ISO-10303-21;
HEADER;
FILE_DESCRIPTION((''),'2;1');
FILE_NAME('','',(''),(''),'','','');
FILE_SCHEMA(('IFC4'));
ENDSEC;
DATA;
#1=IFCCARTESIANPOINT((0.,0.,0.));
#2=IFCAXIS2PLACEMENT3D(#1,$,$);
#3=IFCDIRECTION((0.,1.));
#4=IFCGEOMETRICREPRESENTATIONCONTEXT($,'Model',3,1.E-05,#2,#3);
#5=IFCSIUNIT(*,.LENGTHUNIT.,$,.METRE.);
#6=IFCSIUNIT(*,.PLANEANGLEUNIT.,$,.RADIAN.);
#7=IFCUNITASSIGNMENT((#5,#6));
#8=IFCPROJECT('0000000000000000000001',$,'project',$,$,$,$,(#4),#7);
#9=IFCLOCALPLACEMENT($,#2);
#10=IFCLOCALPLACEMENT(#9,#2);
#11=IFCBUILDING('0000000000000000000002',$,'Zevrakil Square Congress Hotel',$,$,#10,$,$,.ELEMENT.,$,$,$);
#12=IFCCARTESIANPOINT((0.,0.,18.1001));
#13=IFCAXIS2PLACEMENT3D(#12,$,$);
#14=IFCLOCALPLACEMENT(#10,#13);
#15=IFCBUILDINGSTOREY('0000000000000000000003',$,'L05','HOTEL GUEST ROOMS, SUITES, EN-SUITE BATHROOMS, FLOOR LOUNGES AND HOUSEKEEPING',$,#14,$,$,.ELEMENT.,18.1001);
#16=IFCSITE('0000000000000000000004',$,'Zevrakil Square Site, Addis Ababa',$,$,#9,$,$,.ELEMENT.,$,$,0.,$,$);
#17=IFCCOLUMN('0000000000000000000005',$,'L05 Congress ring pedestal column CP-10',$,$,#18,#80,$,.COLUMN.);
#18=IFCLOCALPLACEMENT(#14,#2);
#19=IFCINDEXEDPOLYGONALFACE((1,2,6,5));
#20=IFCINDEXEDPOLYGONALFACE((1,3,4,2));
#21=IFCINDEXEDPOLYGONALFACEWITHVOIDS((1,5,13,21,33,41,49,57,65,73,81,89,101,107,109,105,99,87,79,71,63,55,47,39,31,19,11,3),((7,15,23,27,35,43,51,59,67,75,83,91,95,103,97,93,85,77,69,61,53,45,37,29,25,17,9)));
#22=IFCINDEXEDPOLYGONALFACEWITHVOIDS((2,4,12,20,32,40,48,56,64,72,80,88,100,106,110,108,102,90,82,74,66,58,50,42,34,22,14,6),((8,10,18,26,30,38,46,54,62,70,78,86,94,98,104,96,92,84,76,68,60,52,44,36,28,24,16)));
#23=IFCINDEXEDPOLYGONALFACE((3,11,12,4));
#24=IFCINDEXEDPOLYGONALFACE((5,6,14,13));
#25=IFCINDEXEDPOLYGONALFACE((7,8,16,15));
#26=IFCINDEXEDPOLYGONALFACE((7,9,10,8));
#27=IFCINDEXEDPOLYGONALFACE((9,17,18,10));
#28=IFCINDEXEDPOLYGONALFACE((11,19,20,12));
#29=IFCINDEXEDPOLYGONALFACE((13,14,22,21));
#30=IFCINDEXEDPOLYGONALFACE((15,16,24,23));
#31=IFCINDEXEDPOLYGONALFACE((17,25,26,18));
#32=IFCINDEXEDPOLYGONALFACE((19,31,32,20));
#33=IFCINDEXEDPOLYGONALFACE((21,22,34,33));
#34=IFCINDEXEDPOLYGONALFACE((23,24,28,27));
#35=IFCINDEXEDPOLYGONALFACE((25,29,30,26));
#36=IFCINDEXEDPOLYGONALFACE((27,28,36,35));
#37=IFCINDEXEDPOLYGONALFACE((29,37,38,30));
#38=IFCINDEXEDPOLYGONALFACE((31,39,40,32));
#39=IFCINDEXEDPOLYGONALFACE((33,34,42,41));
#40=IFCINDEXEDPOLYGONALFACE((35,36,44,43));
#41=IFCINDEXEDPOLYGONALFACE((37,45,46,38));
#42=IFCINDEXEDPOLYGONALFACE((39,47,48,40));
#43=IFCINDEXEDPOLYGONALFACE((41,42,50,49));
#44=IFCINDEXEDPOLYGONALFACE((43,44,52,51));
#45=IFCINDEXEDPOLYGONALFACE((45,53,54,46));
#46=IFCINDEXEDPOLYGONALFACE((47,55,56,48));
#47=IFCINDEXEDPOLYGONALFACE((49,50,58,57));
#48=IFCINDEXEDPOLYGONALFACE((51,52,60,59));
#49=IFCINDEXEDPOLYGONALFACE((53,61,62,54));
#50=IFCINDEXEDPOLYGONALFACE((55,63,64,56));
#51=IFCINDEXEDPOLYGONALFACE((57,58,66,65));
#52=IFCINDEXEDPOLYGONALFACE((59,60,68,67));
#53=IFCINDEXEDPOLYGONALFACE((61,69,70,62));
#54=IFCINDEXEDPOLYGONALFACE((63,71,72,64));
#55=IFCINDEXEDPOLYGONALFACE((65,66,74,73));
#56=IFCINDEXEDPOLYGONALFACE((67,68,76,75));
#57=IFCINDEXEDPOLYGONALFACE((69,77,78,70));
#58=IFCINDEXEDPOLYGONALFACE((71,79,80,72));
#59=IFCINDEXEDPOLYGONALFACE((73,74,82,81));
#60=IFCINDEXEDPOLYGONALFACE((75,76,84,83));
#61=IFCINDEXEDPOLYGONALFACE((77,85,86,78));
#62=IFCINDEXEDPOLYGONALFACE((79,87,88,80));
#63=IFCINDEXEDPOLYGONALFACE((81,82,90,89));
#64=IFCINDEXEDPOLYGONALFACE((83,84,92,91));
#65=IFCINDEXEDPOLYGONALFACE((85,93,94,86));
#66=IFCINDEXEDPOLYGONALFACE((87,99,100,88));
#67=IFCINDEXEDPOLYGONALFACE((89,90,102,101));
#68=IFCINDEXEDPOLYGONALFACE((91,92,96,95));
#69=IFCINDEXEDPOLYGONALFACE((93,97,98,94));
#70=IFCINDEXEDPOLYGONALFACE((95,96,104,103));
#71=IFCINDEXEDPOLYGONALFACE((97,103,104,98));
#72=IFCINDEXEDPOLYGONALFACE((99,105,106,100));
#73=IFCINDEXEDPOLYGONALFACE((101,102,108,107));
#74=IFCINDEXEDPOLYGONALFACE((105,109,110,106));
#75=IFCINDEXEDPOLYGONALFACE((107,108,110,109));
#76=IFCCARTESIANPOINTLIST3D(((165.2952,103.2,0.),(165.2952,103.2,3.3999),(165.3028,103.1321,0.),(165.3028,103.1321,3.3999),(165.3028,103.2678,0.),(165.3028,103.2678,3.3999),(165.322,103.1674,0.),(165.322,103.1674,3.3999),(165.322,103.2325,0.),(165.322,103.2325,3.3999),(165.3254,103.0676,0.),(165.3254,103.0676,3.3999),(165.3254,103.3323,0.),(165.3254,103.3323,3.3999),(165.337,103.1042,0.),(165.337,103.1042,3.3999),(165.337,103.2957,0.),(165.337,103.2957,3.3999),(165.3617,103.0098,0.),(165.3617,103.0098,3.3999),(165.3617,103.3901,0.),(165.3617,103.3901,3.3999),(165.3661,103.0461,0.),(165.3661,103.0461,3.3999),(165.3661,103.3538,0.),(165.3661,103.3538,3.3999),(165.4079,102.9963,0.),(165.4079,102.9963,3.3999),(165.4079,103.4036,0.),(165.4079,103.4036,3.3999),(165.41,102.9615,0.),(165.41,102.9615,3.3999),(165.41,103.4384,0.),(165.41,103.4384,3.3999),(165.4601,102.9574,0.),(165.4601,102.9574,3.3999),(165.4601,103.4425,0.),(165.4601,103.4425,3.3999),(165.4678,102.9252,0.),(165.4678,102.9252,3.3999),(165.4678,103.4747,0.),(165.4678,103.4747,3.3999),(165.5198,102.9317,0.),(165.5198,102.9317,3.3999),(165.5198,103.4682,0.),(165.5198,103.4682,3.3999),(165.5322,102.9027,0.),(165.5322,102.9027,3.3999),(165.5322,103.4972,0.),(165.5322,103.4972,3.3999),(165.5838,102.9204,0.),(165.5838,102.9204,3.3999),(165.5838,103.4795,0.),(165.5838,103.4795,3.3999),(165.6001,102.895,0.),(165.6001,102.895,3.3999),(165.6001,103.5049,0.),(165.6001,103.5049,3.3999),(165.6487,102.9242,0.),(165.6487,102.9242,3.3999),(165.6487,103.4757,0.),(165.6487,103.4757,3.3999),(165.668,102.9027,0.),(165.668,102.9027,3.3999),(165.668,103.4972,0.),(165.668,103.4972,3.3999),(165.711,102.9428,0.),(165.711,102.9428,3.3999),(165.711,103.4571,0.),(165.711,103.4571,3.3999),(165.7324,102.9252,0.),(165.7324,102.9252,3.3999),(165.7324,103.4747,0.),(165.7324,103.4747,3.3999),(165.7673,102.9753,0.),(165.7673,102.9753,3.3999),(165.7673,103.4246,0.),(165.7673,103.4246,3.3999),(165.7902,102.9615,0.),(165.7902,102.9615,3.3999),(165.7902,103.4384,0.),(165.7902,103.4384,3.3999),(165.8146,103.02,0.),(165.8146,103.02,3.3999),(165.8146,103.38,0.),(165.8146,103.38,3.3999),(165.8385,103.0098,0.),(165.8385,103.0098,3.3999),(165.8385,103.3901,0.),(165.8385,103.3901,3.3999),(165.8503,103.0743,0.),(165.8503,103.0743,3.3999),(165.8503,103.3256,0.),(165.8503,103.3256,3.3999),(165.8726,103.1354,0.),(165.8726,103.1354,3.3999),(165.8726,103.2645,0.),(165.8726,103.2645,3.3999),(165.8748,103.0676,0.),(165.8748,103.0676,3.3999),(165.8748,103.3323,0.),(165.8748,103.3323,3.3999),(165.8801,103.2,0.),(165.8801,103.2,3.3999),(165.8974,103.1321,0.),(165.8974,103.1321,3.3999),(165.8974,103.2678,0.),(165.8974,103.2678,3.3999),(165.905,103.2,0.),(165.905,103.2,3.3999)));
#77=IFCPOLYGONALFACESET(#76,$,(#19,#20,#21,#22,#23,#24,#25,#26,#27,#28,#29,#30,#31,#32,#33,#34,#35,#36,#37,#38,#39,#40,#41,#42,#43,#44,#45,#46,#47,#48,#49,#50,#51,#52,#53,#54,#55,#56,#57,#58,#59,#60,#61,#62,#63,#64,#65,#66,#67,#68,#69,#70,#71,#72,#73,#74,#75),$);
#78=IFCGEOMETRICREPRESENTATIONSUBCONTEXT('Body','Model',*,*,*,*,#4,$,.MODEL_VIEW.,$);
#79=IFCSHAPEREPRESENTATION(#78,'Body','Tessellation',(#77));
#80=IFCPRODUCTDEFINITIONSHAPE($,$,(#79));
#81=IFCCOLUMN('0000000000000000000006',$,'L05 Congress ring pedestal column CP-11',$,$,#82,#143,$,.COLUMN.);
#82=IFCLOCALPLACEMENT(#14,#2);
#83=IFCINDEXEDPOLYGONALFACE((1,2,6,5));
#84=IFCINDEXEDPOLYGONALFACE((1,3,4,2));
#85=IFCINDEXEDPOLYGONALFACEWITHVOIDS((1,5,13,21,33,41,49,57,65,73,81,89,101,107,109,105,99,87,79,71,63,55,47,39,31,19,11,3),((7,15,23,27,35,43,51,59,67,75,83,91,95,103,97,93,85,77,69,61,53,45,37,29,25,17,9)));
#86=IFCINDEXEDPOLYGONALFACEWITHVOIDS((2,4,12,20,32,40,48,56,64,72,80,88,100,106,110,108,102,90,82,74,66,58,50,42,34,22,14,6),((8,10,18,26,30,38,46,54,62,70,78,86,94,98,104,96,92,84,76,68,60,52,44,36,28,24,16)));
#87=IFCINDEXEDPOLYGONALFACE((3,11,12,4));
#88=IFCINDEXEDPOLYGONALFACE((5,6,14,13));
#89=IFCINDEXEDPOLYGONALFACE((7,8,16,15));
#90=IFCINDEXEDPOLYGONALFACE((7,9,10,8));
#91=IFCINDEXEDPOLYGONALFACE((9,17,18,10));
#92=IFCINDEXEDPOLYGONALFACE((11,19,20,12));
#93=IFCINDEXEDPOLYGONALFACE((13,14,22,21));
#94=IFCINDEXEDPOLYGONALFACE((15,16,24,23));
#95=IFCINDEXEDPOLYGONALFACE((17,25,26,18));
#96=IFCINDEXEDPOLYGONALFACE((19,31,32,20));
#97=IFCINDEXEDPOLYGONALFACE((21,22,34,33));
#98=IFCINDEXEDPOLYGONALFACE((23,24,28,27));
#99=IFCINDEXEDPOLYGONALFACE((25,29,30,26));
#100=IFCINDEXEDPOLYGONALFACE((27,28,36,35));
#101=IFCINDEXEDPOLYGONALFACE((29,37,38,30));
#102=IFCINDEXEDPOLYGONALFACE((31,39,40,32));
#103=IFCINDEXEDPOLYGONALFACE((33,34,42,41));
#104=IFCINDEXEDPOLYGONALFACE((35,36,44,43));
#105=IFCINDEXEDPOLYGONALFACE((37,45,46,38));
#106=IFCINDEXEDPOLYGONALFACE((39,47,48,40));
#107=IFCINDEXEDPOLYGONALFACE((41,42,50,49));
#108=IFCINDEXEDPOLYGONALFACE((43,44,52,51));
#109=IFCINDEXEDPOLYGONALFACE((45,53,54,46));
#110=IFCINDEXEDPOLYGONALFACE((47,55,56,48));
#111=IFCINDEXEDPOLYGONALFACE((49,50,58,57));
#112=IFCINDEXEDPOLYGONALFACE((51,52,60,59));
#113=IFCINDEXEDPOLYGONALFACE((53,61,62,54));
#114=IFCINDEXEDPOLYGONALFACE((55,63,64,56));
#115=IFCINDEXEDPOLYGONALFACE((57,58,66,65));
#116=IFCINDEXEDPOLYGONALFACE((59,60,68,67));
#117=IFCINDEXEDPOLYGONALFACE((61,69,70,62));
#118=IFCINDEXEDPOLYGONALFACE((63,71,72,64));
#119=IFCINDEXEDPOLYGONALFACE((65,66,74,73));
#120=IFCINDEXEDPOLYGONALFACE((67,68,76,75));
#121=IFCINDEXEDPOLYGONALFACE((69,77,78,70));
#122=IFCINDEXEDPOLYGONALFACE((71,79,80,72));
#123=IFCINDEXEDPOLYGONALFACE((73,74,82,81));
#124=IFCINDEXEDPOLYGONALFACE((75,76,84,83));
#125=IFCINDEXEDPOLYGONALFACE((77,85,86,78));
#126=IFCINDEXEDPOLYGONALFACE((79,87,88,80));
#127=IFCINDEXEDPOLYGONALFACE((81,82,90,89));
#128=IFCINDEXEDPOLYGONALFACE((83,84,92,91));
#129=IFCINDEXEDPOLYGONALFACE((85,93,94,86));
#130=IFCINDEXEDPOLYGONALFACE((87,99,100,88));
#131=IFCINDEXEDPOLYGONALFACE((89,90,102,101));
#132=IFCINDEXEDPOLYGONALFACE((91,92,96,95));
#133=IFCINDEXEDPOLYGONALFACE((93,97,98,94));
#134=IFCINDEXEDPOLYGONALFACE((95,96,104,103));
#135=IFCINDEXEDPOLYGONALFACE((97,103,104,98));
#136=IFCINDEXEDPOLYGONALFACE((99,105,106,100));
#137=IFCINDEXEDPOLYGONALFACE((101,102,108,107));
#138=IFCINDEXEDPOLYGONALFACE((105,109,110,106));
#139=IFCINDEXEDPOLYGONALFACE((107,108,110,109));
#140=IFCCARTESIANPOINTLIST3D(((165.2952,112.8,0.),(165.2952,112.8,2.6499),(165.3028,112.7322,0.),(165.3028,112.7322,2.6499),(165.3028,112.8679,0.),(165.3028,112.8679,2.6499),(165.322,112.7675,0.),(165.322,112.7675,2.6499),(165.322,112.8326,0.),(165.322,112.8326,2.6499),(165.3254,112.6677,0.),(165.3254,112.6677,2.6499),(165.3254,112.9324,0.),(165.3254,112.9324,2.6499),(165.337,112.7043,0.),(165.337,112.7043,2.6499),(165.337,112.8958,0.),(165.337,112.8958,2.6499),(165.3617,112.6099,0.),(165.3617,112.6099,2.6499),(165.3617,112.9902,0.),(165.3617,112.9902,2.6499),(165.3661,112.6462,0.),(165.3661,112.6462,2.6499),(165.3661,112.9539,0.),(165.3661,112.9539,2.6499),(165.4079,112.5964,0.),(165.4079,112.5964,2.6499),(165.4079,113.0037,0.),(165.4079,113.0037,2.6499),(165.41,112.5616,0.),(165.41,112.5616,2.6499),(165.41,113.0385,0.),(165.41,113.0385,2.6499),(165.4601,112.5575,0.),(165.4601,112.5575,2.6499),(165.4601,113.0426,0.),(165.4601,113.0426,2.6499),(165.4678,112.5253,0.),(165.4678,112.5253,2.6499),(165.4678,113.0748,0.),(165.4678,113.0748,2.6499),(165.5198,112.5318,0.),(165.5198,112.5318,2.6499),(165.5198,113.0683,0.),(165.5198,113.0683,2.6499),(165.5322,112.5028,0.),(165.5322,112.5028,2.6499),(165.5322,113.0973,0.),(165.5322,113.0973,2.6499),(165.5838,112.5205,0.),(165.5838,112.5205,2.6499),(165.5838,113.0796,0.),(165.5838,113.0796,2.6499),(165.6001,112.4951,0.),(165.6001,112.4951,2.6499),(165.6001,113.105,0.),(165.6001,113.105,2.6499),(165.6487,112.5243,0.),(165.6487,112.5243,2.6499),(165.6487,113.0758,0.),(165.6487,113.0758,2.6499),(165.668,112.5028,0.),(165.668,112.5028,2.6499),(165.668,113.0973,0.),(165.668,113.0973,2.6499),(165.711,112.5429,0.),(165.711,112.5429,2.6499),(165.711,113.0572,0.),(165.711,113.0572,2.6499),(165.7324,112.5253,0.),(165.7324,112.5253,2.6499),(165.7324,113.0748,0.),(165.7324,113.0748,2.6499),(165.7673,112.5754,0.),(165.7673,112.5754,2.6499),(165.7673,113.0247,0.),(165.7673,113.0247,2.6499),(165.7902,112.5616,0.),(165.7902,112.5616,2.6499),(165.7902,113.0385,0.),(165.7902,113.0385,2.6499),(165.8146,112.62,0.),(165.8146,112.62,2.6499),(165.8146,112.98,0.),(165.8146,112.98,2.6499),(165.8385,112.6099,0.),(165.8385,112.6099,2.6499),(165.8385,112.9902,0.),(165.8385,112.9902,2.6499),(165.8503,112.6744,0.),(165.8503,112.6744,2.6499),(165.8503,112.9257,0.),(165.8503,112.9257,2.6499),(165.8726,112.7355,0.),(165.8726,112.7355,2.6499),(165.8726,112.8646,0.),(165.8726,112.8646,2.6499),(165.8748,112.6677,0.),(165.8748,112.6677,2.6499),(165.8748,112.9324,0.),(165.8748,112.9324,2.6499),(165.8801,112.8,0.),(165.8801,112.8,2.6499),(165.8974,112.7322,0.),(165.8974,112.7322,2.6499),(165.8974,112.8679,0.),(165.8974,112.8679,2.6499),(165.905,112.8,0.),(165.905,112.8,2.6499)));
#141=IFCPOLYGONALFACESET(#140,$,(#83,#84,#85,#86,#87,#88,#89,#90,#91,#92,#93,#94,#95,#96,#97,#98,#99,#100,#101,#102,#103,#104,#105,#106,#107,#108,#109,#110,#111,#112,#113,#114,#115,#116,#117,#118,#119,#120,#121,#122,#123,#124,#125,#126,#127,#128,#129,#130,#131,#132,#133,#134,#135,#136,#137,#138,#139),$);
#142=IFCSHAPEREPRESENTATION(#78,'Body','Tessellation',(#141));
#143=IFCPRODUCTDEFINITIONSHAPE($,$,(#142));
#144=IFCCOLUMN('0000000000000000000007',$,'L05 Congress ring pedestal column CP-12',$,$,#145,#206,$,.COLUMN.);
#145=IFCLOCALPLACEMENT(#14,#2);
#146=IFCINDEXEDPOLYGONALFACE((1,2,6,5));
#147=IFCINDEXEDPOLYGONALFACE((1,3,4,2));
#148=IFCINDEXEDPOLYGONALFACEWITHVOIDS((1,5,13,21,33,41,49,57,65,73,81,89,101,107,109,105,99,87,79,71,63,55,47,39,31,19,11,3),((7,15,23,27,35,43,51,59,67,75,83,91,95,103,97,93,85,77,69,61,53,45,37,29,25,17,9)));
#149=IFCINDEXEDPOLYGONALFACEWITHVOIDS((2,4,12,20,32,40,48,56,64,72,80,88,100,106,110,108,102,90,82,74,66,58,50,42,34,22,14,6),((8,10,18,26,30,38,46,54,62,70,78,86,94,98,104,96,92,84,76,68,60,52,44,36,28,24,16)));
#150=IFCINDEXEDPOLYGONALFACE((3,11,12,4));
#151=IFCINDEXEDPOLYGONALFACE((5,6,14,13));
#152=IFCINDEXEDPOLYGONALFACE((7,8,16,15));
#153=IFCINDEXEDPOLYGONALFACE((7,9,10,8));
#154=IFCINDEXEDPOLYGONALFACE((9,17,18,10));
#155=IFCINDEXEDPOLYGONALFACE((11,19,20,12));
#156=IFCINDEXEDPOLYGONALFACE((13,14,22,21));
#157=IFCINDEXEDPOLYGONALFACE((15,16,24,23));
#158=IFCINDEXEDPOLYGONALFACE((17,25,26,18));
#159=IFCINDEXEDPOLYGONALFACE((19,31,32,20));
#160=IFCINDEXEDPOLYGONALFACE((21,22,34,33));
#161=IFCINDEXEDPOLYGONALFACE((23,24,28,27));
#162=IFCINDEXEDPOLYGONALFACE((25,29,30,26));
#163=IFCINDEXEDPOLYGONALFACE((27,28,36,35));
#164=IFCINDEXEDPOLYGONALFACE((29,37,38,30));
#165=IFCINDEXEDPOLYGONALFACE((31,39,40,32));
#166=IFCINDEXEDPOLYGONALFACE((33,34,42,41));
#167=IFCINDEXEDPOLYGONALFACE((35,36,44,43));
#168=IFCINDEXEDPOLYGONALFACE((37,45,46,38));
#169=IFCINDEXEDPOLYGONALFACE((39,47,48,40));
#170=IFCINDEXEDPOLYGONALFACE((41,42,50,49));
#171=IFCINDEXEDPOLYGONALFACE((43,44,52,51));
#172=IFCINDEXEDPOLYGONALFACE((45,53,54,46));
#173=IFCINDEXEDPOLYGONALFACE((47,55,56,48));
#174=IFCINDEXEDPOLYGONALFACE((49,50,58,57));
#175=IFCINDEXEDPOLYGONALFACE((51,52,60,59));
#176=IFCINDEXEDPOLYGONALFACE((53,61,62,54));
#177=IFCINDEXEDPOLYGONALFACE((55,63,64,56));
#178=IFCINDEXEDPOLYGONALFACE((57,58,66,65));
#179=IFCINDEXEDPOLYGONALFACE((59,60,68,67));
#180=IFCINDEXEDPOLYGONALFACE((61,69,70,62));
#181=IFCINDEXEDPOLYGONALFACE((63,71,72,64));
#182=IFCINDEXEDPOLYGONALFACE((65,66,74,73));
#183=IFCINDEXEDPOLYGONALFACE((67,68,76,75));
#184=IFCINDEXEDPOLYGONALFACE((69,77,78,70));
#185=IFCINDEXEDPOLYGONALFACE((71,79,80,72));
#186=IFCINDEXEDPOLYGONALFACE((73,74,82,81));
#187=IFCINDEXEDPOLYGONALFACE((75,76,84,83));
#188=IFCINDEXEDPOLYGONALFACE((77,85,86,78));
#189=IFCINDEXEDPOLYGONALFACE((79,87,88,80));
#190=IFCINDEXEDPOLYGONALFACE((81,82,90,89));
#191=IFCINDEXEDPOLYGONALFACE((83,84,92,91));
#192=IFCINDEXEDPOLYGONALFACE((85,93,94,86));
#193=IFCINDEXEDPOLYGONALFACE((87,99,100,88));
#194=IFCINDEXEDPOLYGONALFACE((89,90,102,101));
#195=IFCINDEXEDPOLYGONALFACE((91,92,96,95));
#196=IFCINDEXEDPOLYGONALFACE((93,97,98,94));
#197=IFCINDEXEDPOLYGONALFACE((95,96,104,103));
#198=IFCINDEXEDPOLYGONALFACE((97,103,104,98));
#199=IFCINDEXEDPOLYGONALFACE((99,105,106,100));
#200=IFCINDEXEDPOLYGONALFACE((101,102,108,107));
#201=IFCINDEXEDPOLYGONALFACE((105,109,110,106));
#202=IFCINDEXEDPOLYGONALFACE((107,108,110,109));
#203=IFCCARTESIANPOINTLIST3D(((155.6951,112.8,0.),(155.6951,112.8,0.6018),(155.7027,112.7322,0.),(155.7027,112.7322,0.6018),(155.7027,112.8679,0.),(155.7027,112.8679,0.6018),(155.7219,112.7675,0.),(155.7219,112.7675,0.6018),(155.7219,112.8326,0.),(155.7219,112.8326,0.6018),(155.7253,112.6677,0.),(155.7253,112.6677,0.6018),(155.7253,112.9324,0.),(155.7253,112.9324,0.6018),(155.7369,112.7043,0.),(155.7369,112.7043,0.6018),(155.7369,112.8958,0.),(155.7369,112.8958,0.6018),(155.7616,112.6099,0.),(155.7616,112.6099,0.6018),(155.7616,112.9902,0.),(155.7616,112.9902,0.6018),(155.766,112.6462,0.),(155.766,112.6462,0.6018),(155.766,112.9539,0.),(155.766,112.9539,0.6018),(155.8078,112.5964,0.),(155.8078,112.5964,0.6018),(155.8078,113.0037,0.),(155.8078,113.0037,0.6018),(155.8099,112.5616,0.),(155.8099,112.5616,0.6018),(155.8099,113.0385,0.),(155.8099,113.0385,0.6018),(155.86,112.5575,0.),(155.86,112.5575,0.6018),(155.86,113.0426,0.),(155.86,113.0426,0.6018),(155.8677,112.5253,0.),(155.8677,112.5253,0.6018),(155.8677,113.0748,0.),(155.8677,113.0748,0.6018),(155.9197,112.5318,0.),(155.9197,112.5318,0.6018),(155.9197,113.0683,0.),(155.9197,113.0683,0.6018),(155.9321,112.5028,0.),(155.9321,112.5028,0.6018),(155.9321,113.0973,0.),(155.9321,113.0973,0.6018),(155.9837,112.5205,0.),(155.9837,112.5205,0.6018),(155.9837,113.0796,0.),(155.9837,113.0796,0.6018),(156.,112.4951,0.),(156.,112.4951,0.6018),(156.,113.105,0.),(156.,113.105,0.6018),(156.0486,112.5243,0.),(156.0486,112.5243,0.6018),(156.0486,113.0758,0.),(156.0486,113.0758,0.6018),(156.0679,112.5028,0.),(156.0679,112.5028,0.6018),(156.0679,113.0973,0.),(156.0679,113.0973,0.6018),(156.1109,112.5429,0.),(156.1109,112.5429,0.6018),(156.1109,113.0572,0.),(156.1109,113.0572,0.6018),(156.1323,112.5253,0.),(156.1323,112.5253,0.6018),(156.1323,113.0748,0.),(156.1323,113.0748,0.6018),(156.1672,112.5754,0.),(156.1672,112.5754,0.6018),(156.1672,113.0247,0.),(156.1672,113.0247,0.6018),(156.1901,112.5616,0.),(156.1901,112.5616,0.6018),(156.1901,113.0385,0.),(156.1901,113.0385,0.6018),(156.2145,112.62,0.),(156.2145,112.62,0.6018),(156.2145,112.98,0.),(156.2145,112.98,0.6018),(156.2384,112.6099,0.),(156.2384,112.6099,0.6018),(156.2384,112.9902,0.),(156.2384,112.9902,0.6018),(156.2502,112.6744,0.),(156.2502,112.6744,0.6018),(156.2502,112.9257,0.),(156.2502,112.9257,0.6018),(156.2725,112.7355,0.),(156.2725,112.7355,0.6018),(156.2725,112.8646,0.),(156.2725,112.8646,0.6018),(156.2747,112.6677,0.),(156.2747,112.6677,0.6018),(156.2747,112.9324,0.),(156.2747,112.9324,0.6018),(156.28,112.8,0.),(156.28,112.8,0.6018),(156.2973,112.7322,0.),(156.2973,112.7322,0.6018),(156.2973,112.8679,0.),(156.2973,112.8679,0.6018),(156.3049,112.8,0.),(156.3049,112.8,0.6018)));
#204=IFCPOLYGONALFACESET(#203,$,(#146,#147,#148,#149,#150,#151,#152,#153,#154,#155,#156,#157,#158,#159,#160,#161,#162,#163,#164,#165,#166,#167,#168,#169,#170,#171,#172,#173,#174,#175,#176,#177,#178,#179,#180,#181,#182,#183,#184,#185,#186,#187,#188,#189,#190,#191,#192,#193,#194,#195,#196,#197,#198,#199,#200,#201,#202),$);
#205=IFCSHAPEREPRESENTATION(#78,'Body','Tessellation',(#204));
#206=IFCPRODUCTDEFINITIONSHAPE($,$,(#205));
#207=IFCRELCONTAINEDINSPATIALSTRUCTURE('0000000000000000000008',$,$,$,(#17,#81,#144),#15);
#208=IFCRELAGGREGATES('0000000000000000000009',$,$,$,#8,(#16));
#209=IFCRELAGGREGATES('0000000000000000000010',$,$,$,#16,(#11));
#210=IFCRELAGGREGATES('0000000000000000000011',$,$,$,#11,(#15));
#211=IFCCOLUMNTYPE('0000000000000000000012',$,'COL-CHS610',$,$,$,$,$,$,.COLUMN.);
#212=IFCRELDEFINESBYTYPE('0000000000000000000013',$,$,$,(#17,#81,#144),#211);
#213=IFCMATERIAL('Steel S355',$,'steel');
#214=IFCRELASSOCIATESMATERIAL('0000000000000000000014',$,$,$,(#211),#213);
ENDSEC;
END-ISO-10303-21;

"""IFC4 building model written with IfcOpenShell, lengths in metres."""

from ifc_helpers import new_model, si_unit, direction, frame, origin, origin_2d, place, context, subcontext, project, spatial, hollow_circle, extrude, material, material_profile, profile_set, type_object, element, save


model = new_model("IFC4")

# Units and contexts
model_context = context("Model", 3, precision=1e-05, world=origin(), true_north=direction((0.0, 1.0)))
body_context = subcontext(model_context, "Body", "Model", "MODEL_VIEW")
ifc_project = project(units=[si_unit("LENGTHUNIT", "METRE"), si_unit("PLANEANGLEUNIT", "RADIAN")], contexts=[model_context])

# Site, building, storey
site_placement = place(None, origin())
site = spatial("IfcSite", under=ifc_project, at=site_placement, Name="Zevrakil Square Site, Addis Ababa", CompositionType="ELEMENT", RefElevation=0.0)
building_placement = place(site_placement, origin())
building = spatial("IfcBuilding", under=site, at=building_placement, Name="Zevrakil Square Congress Hotel", CompositionType="ELEMENT")
storey_placement = place(building_placement, frame((0.0, 0.0, 18.1001)))
storey = spatial("IfcBuildingStorey", under=building, at=storey_placement, Name="L05", Description="HOTEL GUEST ROOMS, SUITES, EN-SUITE BATHROOMS, FLOOR LOUNGES AND HOUSEKEEPING", CompositionType="ELEMENT", Elevation=18.1001)

# Columns
ifc_material_1 = material(Name="Steel S355", Category="steel")
ifc_material_profile_1 = material_profile(ifc_material_1, hollow_circle(Radius=0.3049, WallThickness=0.0249, at=origin_2d()), Name="CHS 610x25")
ifc_profile_set_1 = profile_set([ifc_material_profile_1], Name="Steel S355")
column_type = type_object("IfcColumnType", Name="COL-CHS610", PredefinedType="COLUMN", material=ifc_profile_set_1)
column_1_placement = place(storey_placement, frame((165.6001, 103.2, 0.0), z_axis=(0.0, 0.0, 1.0), x_axis=(1.0, 0.0, 0.0)))
element("IfcColumn", 1, at=column_1_placement, inside=storey, type_object=column_type, Name="L05 Congress ring pedestal column CP-10", PredefinedType="COLUMN", context=body_context, shape_type="SweptSolid", body=[
    extrude(hollow_circle(Radius=0.3049, WallThickness=0.0249, at=origin_2d()), origin(), (0.0, 0.0, 1.0), 3.3999),
])
column_2_placement = place(storey_placement, frame((165.6001, 112.8, 0.0), z_axis=(0.0, 0.0, 1.0), x_axis=(1.0, 0.0, 0.0)))
element("IfcColumn", 2, at=column_2_placement, inside=storey, type_object=column_type, Name="L05 Congress ring pedestal column CP-11", PredefinedType="COLUMN", context=body_context, shape_type="SweptSolid", body=[
    extrude(hollow_circle(Radius=0.3049, WallThickness=0.0249, at=origin_2d()), origin(), (0.0, 0.0, 1.0), 2.6499),
])
column_3_placement = place(storey_placement, frame((156.0, 112.8, 0.0), z_axis=(0.0, 0.0, 1.0), x_axis=(1.0, 0.0, 0.0)))
element("IfcColumn", 3, at=column_3_placement, inside=storey, type_object=column_type, Name="L05 Congress ring pedestal column CP-12", PredefinedType="COLUMN", context=body_context, shape_type="SweptSolid", body=[
    extrude(hollow_circle(Radius=0.3049, WallThickness=0.0249, at=origin_2d()), origin(), (0.0, 0.0, 1.0), 0.6018),
])

save(model, "model.ifc")
